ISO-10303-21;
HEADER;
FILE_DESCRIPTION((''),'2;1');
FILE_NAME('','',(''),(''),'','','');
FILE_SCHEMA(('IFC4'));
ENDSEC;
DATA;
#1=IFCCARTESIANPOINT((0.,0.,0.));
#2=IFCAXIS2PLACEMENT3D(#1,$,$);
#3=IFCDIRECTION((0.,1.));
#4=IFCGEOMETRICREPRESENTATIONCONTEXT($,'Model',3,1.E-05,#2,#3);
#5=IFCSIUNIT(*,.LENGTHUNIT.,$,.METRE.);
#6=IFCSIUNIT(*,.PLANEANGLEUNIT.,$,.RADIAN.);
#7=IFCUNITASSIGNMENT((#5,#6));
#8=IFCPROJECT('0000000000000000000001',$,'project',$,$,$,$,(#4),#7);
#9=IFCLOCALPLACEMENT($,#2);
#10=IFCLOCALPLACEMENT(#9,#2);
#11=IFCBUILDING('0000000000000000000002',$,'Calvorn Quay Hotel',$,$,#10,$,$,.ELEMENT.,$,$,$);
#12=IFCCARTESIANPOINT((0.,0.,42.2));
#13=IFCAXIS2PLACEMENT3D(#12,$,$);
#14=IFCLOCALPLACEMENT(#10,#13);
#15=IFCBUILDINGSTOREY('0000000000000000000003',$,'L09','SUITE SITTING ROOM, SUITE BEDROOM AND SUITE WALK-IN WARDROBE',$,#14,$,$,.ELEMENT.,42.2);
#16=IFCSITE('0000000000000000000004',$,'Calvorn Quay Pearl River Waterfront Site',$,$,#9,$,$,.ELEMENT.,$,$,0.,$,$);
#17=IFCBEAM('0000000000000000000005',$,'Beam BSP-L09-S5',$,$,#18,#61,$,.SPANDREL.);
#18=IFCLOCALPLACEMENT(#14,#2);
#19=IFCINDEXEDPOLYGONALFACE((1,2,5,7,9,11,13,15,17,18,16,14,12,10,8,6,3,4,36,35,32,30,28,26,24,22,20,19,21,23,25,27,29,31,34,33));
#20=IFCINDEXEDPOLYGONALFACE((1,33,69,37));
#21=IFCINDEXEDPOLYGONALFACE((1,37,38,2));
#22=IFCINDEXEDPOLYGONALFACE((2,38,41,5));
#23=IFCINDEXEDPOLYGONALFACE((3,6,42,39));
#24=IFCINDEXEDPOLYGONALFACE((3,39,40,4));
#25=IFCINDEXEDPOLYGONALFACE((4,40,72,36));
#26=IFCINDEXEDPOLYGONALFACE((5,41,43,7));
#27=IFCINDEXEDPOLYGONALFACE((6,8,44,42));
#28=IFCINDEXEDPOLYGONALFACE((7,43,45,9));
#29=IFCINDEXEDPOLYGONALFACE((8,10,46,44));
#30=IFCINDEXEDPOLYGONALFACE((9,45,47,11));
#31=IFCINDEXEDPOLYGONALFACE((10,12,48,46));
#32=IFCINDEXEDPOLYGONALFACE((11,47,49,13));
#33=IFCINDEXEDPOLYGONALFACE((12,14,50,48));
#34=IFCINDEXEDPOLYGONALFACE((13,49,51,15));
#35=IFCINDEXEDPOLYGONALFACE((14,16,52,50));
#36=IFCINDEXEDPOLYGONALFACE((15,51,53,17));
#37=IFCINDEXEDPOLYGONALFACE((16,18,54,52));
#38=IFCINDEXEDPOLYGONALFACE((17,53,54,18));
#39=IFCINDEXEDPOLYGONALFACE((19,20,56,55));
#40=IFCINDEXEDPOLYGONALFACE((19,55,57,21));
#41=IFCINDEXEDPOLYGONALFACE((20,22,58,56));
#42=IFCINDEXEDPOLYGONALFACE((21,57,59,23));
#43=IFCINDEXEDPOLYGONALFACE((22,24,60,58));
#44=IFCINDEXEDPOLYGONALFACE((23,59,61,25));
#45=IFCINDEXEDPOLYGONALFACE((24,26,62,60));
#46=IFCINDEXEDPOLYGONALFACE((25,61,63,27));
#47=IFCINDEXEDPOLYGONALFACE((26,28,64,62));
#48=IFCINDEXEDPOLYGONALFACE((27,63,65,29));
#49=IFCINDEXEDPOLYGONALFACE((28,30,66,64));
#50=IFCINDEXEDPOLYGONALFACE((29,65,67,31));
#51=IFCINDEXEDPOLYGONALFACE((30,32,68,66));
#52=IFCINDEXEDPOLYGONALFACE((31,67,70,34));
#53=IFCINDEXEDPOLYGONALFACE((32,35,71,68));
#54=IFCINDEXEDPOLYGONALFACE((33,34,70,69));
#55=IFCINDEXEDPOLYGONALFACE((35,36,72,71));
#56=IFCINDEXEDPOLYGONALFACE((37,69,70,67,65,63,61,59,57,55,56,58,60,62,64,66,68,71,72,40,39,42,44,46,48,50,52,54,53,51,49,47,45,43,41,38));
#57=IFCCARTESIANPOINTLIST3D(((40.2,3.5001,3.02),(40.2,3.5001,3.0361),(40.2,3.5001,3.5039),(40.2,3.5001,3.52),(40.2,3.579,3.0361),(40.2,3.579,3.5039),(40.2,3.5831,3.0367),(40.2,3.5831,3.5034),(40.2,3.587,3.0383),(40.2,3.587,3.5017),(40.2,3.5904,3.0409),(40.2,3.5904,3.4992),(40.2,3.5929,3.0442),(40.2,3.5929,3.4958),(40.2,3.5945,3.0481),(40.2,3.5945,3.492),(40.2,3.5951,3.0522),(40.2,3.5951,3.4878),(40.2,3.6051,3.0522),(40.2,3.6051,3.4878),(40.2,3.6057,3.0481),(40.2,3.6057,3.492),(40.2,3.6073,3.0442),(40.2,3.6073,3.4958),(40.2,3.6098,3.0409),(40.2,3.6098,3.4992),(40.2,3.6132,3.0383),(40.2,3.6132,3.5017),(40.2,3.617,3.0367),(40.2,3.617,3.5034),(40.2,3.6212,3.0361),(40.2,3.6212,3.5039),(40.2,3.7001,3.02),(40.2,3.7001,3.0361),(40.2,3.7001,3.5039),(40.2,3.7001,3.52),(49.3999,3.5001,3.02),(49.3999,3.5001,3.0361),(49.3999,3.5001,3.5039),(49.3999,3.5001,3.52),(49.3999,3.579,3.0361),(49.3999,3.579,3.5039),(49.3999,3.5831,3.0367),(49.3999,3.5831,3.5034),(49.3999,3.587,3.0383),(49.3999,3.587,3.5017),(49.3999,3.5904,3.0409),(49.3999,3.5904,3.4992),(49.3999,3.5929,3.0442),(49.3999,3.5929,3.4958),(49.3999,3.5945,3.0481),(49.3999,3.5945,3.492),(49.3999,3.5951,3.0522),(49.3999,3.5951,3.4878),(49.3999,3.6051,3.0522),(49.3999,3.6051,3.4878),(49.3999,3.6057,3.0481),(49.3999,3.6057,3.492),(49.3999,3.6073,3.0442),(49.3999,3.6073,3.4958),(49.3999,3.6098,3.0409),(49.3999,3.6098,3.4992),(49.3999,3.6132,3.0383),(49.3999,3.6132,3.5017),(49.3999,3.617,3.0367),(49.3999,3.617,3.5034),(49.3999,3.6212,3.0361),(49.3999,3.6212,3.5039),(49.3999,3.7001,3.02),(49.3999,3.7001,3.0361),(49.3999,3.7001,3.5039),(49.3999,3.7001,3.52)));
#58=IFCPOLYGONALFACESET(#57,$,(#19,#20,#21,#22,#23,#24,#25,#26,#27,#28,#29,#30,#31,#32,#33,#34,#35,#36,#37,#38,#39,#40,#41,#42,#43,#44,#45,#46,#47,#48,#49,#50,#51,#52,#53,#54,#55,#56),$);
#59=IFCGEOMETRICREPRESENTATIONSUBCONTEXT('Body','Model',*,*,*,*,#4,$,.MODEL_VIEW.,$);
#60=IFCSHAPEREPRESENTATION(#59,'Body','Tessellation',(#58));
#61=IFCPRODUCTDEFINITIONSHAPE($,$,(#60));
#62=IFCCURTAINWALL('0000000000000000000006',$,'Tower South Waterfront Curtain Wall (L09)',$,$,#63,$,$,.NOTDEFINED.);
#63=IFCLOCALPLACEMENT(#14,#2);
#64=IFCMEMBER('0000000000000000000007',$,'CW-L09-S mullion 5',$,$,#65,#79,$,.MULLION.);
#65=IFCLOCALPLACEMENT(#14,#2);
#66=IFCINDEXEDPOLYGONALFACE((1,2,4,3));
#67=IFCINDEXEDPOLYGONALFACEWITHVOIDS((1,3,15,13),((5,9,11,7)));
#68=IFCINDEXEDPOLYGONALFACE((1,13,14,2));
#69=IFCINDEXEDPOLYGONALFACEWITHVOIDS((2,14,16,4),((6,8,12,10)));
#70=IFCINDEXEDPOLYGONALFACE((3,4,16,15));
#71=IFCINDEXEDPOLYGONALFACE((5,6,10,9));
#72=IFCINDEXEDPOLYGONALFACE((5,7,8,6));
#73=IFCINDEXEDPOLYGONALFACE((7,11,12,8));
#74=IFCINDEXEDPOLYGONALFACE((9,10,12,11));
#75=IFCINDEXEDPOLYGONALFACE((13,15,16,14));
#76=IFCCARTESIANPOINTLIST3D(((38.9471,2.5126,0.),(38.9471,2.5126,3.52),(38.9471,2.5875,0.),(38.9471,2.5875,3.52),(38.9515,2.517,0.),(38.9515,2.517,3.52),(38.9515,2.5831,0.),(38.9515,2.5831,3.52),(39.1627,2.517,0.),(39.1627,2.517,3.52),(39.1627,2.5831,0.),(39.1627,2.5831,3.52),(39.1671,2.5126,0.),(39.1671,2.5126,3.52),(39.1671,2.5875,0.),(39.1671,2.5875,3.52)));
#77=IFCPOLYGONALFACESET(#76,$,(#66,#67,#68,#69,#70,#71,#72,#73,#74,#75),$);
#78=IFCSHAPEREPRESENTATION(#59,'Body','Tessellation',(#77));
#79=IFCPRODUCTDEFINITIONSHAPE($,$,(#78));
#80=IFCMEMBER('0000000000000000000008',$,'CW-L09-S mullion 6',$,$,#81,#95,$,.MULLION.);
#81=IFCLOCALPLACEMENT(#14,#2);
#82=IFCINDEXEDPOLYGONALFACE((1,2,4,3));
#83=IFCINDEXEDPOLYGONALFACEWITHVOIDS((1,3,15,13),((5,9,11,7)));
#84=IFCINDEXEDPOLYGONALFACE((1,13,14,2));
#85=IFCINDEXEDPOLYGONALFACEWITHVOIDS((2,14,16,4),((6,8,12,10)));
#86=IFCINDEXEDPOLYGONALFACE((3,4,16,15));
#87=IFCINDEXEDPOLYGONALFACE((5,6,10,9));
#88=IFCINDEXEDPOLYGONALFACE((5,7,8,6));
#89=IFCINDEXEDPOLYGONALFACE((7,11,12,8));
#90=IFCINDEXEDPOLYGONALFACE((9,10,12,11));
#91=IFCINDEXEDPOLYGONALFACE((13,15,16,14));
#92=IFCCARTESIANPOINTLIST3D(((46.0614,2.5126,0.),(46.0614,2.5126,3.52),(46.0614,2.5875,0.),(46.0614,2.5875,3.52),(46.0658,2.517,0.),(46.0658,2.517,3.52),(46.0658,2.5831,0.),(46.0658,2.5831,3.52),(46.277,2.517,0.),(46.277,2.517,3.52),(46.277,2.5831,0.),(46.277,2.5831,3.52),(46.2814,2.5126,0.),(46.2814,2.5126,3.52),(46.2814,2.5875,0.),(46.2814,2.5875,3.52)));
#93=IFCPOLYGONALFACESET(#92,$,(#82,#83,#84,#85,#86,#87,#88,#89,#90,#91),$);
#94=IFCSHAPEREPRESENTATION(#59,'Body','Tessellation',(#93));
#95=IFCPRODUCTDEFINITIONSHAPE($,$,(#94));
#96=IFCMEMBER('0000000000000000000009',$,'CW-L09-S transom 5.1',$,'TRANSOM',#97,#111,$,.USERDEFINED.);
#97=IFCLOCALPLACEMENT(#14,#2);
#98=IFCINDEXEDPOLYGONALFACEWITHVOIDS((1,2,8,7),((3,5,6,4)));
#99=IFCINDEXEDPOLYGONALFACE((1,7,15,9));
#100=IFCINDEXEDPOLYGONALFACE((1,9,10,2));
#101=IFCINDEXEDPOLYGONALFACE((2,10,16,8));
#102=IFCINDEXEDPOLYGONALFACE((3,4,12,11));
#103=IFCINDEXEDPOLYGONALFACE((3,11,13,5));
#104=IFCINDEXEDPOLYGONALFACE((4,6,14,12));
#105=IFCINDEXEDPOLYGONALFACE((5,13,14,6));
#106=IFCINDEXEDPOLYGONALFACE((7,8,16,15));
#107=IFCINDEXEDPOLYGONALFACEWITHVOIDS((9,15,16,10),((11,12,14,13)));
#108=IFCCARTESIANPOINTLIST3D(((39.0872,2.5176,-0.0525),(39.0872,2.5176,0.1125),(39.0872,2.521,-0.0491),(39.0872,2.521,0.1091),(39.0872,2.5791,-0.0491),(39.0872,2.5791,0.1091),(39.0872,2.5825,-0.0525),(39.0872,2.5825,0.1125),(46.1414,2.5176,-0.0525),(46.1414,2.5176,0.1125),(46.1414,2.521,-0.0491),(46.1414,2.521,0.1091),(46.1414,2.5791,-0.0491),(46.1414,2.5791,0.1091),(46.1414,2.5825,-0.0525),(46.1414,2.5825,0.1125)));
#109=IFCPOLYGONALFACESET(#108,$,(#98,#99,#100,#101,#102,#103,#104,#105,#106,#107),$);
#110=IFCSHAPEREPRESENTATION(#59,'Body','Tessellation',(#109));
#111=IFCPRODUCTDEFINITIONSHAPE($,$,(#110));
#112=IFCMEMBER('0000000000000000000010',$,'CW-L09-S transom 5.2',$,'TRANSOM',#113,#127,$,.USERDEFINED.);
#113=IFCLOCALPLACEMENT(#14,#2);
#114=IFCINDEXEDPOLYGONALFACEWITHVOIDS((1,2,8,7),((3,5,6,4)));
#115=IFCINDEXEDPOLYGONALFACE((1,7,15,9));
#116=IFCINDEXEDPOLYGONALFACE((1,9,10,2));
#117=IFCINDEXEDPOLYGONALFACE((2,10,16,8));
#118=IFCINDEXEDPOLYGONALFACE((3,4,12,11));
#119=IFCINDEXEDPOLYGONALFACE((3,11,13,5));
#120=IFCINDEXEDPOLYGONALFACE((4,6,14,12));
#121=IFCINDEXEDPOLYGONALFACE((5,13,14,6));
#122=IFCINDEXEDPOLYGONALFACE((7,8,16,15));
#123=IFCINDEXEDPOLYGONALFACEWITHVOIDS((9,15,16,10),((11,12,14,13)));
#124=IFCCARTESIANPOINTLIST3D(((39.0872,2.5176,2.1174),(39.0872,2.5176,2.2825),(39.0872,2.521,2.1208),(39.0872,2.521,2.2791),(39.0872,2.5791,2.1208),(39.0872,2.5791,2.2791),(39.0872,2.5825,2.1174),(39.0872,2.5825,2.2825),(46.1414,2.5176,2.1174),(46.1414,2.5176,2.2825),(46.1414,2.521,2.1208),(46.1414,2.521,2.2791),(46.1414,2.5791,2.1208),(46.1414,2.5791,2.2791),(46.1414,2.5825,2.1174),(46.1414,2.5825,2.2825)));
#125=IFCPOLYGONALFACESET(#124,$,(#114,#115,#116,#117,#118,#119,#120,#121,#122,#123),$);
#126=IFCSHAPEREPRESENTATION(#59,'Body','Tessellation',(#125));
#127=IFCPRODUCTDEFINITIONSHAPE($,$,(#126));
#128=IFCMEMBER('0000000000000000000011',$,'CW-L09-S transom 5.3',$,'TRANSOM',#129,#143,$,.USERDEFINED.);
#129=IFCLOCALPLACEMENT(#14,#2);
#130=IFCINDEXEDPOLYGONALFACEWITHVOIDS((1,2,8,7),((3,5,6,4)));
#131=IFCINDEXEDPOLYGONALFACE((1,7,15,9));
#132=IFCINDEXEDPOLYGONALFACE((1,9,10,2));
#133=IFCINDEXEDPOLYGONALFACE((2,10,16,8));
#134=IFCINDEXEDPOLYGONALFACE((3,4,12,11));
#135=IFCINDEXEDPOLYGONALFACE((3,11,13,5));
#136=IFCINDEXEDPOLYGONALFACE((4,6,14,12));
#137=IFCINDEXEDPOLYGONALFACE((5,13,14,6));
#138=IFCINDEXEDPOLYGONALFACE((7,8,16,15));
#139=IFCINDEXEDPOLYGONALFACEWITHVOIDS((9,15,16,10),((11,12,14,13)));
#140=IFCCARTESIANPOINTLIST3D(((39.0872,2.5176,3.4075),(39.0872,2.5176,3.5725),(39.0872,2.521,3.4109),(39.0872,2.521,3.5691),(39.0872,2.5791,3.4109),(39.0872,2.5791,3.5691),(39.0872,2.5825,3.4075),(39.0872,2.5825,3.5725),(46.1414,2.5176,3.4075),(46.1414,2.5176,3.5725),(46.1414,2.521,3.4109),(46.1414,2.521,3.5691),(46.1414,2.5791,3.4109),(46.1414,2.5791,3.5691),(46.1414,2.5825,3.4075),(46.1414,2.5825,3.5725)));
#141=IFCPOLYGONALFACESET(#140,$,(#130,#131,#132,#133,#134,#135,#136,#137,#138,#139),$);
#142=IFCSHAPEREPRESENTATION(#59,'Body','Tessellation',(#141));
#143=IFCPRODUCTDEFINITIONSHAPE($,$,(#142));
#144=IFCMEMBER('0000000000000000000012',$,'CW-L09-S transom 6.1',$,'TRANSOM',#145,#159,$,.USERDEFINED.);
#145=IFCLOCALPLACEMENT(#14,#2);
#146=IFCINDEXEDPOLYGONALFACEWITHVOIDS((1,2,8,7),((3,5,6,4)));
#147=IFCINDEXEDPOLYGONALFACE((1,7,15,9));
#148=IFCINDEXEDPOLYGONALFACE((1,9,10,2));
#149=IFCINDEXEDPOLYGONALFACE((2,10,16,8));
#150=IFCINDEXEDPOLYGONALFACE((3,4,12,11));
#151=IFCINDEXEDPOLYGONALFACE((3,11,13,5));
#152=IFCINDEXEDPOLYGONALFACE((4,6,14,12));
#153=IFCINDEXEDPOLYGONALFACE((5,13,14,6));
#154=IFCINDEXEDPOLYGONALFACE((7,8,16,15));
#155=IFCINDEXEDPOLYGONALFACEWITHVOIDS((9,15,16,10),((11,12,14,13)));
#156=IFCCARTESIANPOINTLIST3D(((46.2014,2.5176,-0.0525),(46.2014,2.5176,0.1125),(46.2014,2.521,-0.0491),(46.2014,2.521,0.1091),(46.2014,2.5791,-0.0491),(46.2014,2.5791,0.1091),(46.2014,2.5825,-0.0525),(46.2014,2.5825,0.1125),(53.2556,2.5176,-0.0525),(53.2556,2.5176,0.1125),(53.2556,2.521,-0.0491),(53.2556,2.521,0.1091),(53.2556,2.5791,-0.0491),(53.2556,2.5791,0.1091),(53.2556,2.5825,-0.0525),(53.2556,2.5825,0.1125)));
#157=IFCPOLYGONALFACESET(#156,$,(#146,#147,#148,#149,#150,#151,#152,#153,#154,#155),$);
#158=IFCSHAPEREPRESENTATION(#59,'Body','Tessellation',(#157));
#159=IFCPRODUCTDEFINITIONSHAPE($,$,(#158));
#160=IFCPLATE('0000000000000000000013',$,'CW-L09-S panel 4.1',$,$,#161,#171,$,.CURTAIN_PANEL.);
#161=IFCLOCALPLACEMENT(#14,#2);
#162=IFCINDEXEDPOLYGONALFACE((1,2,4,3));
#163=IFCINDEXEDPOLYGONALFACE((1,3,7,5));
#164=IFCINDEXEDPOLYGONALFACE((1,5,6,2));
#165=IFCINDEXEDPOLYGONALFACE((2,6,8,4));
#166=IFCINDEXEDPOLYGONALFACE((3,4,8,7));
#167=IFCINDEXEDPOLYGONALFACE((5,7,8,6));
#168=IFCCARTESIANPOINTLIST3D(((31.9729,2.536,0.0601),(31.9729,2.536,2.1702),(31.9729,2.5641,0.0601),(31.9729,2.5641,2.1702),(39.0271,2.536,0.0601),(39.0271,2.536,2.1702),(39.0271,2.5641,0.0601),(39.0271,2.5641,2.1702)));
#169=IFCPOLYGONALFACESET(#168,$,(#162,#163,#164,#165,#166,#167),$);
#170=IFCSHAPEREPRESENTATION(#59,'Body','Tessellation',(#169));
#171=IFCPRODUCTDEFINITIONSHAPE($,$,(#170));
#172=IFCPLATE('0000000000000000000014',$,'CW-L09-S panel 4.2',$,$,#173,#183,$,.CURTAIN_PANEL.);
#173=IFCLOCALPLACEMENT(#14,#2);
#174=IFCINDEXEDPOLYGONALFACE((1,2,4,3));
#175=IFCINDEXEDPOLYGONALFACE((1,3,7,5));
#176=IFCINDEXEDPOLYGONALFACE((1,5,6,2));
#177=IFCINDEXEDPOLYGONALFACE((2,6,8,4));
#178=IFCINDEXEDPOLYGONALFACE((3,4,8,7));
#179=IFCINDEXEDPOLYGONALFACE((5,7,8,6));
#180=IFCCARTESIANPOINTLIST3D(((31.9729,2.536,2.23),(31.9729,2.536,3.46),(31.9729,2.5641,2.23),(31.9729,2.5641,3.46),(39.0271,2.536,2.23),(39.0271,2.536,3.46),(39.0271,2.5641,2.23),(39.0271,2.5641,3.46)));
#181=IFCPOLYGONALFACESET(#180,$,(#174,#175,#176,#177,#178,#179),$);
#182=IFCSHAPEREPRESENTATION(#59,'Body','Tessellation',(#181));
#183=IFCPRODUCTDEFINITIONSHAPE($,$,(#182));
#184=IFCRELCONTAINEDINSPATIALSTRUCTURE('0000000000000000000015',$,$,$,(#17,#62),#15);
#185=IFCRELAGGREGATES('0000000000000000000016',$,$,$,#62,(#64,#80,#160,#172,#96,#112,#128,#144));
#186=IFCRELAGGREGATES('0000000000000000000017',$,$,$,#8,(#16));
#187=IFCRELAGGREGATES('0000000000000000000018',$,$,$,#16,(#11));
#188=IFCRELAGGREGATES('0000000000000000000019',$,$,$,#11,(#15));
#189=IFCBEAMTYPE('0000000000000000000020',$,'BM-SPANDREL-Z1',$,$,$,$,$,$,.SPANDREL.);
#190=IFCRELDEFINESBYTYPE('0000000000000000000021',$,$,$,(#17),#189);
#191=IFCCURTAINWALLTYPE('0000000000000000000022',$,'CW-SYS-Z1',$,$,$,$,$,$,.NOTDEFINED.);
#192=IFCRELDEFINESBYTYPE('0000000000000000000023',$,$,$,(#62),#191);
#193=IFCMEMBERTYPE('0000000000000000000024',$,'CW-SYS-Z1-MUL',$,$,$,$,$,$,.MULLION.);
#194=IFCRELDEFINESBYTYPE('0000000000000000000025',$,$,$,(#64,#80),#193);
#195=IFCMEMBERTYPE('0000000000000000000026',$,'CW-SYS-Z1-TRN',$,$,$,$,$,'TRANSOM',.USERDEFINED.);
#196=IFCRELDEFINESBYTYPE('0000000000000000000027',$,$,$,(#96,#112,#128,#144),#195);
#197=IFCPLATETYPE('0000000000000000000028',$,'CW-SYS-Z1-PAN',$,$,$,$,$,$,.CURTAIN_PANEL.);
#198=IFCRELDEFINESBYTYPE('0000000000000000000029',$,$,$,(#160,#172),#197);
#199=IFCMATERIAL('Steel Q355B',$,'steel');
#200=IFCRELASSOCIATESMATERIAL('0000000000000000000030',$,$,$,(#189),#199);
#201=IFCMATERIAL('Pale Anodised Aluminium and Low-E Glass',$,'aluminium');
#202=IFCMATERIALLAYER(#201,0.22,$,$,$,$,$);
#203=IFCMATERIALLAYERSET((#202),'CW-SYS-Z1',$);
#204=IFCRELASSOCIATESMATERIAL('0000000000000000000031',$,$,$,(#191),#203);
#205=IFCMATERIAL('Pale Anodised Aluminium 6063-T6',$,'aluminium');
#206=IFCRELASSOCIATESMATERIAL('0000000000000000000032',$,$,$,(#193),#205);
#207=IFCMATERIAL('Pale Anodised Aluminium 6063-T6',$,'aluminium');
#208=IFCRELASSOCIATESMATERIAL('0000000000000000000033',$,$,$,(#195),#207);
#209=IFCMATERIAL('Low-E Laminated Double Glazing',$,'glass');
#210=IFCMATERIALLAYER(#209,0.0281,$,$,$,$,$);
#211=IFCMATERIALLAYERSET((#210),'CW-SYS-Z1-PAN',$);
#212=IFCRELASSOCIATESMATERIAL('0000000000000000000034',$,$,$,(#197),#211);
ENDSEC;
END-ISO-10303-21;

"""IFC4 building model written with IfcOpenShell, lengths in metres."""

from ifc_helpers import new_model, si_unit, direction, frame, origin, origin_2d, place, context, subcontext, project, spatial, rectangle, hollow_rectangle, i_section, extrude, material, layer, layer_set, material_profile, profile_set, type_object, element, aggregate, save


model = new_model("IFC4")

# Units and contexts
model_context = context("Model", 3, precision=1e-05, world=origin(), true_north=direction((0.0, 1.0)))
body_context = subcontext(model_context, "Body", "Model", "MODEL_VIEW")
ifc_project = project(units=[si_unit("LENGTHUNIT", "METRE"), si_unit("PLANEANGLEUNIT", "RADIAN")], contexts=[model_context])

# Site, building, storey
site_placement = place(None, origin())
site = spatial("IfcSite", under=ifc_project, at=site_placement, Name="Calvorn Quay Pearl River Waterfront Site", CompositionType="ELEMENT", RefElevation=0.0)
building_placement = place(site_placement, origin())
building = spatial("IfcBuilding", under=site, at=building_placement, Name="Calvorn Quay Hotel", CompositionType="ELEMENT")
storey_placement = place(building_placement, frame((0.0, 0.0, 42.2)))
storey = spatial("IfcBuildingStorey", under=building, at=storey_placement, Name="L09", Description="SUITE SITTING ROOM, SUITE BEDROOM AND SUITE WALK-IN WARDROBE", CompositionType="ELEMENT", Elevation=42.2)

# Beam
ifc_material_1 = material(Name="Steel Q355B", Category="steel")
ifc_material_profile_1 = material_profile(ifc_material_1, i_section(OverallWidth=0.2, OverallDepth=0.5, WebThickness=0.01, FlangeThickness=0.0161, FilletRadius=0.0161, at=origin_2d()), Name="HN500x200x10x16")
ifc_profile_set_1 = profile_set([ifc_material_profile_1], Name="Steel Q355B")
beam_type_1 = type_object("IfcBeamType", Name="BM-SPANDREL-Z1", PredefinedType="SPANDREL", material=ifc_profile_set_1)
beam_1_placement = place(storey_placement, frame((40.2, 3.6001, 3.27), z_axis=(1.0, 0.0, 0.0), x_axis=(0.0, 1.0, 0.0)))
element("IfcBeam", 1, at=beam_1_placement, inside=storey, type_object=beam_type_1, Name="Beam BSP-L09-S5", PredefinedType="SPANDREL", context=body_context, shape_type="SweptSolid", body=[
    extrude(i_section(OverallWidth=0.2, OverallDepth=0.5, WebThickness=0.01, FlangeThickness=0.0161, FilletRadius=0.0161, at=origin_2d()), origin(), (0.0, 0.0, 1.0), 9.2),
])

# Curtain wall, members, plates
ifc_material_2 = material(Name="Pale Anodised Aluminium and Low-E Glass", Category="aluminium")
ifc_layer_1 = layer(ifc_material_2, 0.22)
ifc_layer_set_1 = layer_set([ifc_layer_1], Name="CW-SYS-Z1")
curtain_wall_type = type_object("IfcCurtainWallType", Name="CW-SYS-Z1", PredefinedType="NOTDEFINED", material=ifc_layer_set_1)
curtain_wall_placement = place(storey_placement, origin())
curtain_wall = element("IfcCurtainWall", 2, at=curtain_wall_placement, inside=storey, type_object=curtain_wall_type, Name="Tower South Waterfront Curtain Wall (L09)", PredefinedType="NOTDEFINED")
ifc_material_3 = material(Name="Pale Anodised Aluminium 6063-T6", Category="aluminium")
ifc_material_profile_2 = material_profile(ifc_material_3, hollow_rectangle(XDim=0.075, YDim=0.22, WallThickness=0.0044, at=origin_2d()), Name="ALU-M220x75x4.5")
ifc_profile_set_2 = profile_set([ifc_material_profile_2], Name="Pale Anodised Aluminium 6063-T6")
member_type_1 = type_object("IfcMemberType", Name="CW-SYS-Z1-MUL", PredefinedType="MULLION", material=ifc_profile_set_2)
member_1_placement = place(storey_placement, frame((39.0571, 2.55, 0.0), z_axis=(0.0, 0.0, 1.0), x_axis=(0.0, 1.0, 0.0)))
member_1 = element("IfcMember", 3, at=member_1_placement, type_object=member_type_1, Name="CW-L09-S mullion 5", PredefinedType="MULLION", context=body_context, shape_type="SweptSolid", body=[
    extrude(hollow_rectangle(XDim=0.075, YDim=0.22, WallThickness=0.0044, at=origin_2d()), origin(), (0.0, 0.0, 1.0), 3.52),
])
member_2_placement = place(storey_placement, frame((46.1714, 2.55, 0.0), z_axis=(0.0, 0.0, 1.0), x_axis=(0.0, 1.0, 0.0)))
member_2 = element("IfcMember", 4, at=member_2_placement, type_object=member_type_1, Name="CW-L09-S mullion 6", PredefinedType="MULLION", context=body_context, shape_type="SweptSolid", body=[
    extrude(hollow_rectangle(XDim=0.075, YDim=0.22, WallThickness=0.0044, at=origin_2d()), origin(), (0.0, 0.0, 1.0), 3.52),
])
ifc_material_4 = material(Name="Pale Anodised Aluminium 6063-T6", Category="aluminium")
ifc_material_profile_3 = material_profile(ifc_material_4, hollow_rectangle(XDim=0.0649, YDim=0.165, WallThickness=0.0034, at=origin_2d()), Name="ALU-T165x65x3.5")
ifc_profile_set_3 = profile_set([ifc_material_profile_3], Name="Pale Anodised Aluminium 6063-T6")
member_type_2 = type_object("IfcMemberType", Name="CW-SYS-Z1-TRN", ElementType="TRANSOM", PredefinedType="USERDEFINED", material=ifc_profile_set_3)
member_3_placement = place(storey_placement, frame((39.0872, 2.55, 0.03), z_axis=(1.0, 0.0, 0.0), x_axis=(0.0, 1.0, 0.0)))
member_3 = element("IfcMember", 5, at=member_3_placement, type_object=member_type_2, Name="CW-L09-S transom 5.1", ObjectType="TRANSOM", PredefinedType="USERDEFINED", context=body_context, shape_type="SweptSolid", body=[
    extrude(hollow_rectangle(XDim=0.0649, YDim=0.165, WallThickness=0.0034, at=origin_2d()), origin(), (0.0, 0.0, 1.0), 7.0542),
])
member_4_placement = place(storey_placement, frame((39.0872, 2.55, 2.2), z_axis=(1.0, 0.0, 0.0), x_axis=(0.0, 1.0, 0.0)))
member_4 = element("IfcMember", 6, at=member_4_placement, type_object=member_type_2, Name="CW-L09-S transom 5.2", ObjectType="TRANSOM", PredefinedType="USERDEFINED", context=body_context, shape_type="SweptSolid", body=[
    extrude(hollow_rectangle(XDim=0.0649, YDim=0.165, WallThickness=0.0034, at=origin_2d()), origin(), (0.0, 0.0, 1.0), 7.0542),
])
member_5_placement = place(storey_placement, frame((39.0872, 2.55, 3.49), z_axis=(1.0, 0.0, 0.0), x_axis=(0.0, 1.0, 0.0)))
member_5 = element("IfcMember", 7, at=member_5_placement, type_object=member_type_2, Name="CW-L09-S transom 5.3", ObjectType="TRANSOM", PredefinedType="USERDEFINED", context=body_context, shape_type="SweptSolid", body=[
    extrude(hollow_rectangle(XDim=0.0649, YDim=0.165, WallThickness=0.0034, at=origin_2d()), origin(), (0.0, 0.0, 1.0), 7.0542),
])
member_6_placement = place(storey_placement, frame((46.2014, 2.55, 0.03), z_axis=(1.0, 0.0, 0.0), x_axis=(0.0, 1.0, 0.0)))
member_6 = element("IfcMember", 8, at=member_6_placement, type_object=member_type_2, Name="CW-L09-S transom 6.1", ObjectType="TRANSOM", PredefinedType="USERDEFINED", context=body_context, shape_type="SweptSolid", body=[
    extrude(hollow_rectangle(XDim=0.0649, YDim=0.165, WallThickness=0.0034, at=origin_2d()), origin(), (0.0, 0.0, 1.0), 7.0542),
])
ifc_material_5 = material(Name="Low-E Laminated Double Glazing", Category="glass")
ifc_layer_2 = layer(ifc_material_5, 0.0281)
ifc_layer_set_2 = layer_set([ifc_layer_2], Name="CW-SYS-Z1-PAN")
plate_type = type_object("IfcPlateType", Name="CW-SYS-Z1-PAN", PredefinedType="CURTAIN_PANEL", material=ifc_layer_set_2)
plate_1_placement = place(storey_placement, frame((35.5, 2.55, 0.0601), z_axis=(0.0, 0.0, 1.0), x_axis=(1.0, 0.0, 0.0)))
plate_1 = element("IfcPlate", 9, at=plate_1_placement, type_object=plate_type, Name="CW-L09-S panel 4.1", PredefinedType="CURTAIN_PANEL", context=body_context, shape_type="SweptSolid", body=[
    extrude(rectangle(XDim=7.0542, YDim=0.0281, at=origin_2d()), origin(), (0.0, 0.0, 1.0), 2.1101),
])
plate_2_placement = place(storey_placement, frame((35.5, 2.55, 2.23), z_axis=(0.0, 0.0, 1.0), x_axis=(1.0, 0.0, 0.0)))
plate_2 = element("IfcPlate", 10, at=plate_2_placement, type_object=plate_type, Name="CW-L09-S panel 4.2", PredefinedType="CURTAIN_PANEL", context=body_context, shape_type="SweptSolid", body=[
    extrude(rectangle(XDim=7.0542, YDim=0.0281, at=origin_2d()), origin(), (0.0, 0.0, 1.0), 1.23),
])
aggregate(curtain_wall, [member_1, member_2, plate_1, plate_2, member_3, member_4, member_5, member_6])

save(model, "model.ifc")
